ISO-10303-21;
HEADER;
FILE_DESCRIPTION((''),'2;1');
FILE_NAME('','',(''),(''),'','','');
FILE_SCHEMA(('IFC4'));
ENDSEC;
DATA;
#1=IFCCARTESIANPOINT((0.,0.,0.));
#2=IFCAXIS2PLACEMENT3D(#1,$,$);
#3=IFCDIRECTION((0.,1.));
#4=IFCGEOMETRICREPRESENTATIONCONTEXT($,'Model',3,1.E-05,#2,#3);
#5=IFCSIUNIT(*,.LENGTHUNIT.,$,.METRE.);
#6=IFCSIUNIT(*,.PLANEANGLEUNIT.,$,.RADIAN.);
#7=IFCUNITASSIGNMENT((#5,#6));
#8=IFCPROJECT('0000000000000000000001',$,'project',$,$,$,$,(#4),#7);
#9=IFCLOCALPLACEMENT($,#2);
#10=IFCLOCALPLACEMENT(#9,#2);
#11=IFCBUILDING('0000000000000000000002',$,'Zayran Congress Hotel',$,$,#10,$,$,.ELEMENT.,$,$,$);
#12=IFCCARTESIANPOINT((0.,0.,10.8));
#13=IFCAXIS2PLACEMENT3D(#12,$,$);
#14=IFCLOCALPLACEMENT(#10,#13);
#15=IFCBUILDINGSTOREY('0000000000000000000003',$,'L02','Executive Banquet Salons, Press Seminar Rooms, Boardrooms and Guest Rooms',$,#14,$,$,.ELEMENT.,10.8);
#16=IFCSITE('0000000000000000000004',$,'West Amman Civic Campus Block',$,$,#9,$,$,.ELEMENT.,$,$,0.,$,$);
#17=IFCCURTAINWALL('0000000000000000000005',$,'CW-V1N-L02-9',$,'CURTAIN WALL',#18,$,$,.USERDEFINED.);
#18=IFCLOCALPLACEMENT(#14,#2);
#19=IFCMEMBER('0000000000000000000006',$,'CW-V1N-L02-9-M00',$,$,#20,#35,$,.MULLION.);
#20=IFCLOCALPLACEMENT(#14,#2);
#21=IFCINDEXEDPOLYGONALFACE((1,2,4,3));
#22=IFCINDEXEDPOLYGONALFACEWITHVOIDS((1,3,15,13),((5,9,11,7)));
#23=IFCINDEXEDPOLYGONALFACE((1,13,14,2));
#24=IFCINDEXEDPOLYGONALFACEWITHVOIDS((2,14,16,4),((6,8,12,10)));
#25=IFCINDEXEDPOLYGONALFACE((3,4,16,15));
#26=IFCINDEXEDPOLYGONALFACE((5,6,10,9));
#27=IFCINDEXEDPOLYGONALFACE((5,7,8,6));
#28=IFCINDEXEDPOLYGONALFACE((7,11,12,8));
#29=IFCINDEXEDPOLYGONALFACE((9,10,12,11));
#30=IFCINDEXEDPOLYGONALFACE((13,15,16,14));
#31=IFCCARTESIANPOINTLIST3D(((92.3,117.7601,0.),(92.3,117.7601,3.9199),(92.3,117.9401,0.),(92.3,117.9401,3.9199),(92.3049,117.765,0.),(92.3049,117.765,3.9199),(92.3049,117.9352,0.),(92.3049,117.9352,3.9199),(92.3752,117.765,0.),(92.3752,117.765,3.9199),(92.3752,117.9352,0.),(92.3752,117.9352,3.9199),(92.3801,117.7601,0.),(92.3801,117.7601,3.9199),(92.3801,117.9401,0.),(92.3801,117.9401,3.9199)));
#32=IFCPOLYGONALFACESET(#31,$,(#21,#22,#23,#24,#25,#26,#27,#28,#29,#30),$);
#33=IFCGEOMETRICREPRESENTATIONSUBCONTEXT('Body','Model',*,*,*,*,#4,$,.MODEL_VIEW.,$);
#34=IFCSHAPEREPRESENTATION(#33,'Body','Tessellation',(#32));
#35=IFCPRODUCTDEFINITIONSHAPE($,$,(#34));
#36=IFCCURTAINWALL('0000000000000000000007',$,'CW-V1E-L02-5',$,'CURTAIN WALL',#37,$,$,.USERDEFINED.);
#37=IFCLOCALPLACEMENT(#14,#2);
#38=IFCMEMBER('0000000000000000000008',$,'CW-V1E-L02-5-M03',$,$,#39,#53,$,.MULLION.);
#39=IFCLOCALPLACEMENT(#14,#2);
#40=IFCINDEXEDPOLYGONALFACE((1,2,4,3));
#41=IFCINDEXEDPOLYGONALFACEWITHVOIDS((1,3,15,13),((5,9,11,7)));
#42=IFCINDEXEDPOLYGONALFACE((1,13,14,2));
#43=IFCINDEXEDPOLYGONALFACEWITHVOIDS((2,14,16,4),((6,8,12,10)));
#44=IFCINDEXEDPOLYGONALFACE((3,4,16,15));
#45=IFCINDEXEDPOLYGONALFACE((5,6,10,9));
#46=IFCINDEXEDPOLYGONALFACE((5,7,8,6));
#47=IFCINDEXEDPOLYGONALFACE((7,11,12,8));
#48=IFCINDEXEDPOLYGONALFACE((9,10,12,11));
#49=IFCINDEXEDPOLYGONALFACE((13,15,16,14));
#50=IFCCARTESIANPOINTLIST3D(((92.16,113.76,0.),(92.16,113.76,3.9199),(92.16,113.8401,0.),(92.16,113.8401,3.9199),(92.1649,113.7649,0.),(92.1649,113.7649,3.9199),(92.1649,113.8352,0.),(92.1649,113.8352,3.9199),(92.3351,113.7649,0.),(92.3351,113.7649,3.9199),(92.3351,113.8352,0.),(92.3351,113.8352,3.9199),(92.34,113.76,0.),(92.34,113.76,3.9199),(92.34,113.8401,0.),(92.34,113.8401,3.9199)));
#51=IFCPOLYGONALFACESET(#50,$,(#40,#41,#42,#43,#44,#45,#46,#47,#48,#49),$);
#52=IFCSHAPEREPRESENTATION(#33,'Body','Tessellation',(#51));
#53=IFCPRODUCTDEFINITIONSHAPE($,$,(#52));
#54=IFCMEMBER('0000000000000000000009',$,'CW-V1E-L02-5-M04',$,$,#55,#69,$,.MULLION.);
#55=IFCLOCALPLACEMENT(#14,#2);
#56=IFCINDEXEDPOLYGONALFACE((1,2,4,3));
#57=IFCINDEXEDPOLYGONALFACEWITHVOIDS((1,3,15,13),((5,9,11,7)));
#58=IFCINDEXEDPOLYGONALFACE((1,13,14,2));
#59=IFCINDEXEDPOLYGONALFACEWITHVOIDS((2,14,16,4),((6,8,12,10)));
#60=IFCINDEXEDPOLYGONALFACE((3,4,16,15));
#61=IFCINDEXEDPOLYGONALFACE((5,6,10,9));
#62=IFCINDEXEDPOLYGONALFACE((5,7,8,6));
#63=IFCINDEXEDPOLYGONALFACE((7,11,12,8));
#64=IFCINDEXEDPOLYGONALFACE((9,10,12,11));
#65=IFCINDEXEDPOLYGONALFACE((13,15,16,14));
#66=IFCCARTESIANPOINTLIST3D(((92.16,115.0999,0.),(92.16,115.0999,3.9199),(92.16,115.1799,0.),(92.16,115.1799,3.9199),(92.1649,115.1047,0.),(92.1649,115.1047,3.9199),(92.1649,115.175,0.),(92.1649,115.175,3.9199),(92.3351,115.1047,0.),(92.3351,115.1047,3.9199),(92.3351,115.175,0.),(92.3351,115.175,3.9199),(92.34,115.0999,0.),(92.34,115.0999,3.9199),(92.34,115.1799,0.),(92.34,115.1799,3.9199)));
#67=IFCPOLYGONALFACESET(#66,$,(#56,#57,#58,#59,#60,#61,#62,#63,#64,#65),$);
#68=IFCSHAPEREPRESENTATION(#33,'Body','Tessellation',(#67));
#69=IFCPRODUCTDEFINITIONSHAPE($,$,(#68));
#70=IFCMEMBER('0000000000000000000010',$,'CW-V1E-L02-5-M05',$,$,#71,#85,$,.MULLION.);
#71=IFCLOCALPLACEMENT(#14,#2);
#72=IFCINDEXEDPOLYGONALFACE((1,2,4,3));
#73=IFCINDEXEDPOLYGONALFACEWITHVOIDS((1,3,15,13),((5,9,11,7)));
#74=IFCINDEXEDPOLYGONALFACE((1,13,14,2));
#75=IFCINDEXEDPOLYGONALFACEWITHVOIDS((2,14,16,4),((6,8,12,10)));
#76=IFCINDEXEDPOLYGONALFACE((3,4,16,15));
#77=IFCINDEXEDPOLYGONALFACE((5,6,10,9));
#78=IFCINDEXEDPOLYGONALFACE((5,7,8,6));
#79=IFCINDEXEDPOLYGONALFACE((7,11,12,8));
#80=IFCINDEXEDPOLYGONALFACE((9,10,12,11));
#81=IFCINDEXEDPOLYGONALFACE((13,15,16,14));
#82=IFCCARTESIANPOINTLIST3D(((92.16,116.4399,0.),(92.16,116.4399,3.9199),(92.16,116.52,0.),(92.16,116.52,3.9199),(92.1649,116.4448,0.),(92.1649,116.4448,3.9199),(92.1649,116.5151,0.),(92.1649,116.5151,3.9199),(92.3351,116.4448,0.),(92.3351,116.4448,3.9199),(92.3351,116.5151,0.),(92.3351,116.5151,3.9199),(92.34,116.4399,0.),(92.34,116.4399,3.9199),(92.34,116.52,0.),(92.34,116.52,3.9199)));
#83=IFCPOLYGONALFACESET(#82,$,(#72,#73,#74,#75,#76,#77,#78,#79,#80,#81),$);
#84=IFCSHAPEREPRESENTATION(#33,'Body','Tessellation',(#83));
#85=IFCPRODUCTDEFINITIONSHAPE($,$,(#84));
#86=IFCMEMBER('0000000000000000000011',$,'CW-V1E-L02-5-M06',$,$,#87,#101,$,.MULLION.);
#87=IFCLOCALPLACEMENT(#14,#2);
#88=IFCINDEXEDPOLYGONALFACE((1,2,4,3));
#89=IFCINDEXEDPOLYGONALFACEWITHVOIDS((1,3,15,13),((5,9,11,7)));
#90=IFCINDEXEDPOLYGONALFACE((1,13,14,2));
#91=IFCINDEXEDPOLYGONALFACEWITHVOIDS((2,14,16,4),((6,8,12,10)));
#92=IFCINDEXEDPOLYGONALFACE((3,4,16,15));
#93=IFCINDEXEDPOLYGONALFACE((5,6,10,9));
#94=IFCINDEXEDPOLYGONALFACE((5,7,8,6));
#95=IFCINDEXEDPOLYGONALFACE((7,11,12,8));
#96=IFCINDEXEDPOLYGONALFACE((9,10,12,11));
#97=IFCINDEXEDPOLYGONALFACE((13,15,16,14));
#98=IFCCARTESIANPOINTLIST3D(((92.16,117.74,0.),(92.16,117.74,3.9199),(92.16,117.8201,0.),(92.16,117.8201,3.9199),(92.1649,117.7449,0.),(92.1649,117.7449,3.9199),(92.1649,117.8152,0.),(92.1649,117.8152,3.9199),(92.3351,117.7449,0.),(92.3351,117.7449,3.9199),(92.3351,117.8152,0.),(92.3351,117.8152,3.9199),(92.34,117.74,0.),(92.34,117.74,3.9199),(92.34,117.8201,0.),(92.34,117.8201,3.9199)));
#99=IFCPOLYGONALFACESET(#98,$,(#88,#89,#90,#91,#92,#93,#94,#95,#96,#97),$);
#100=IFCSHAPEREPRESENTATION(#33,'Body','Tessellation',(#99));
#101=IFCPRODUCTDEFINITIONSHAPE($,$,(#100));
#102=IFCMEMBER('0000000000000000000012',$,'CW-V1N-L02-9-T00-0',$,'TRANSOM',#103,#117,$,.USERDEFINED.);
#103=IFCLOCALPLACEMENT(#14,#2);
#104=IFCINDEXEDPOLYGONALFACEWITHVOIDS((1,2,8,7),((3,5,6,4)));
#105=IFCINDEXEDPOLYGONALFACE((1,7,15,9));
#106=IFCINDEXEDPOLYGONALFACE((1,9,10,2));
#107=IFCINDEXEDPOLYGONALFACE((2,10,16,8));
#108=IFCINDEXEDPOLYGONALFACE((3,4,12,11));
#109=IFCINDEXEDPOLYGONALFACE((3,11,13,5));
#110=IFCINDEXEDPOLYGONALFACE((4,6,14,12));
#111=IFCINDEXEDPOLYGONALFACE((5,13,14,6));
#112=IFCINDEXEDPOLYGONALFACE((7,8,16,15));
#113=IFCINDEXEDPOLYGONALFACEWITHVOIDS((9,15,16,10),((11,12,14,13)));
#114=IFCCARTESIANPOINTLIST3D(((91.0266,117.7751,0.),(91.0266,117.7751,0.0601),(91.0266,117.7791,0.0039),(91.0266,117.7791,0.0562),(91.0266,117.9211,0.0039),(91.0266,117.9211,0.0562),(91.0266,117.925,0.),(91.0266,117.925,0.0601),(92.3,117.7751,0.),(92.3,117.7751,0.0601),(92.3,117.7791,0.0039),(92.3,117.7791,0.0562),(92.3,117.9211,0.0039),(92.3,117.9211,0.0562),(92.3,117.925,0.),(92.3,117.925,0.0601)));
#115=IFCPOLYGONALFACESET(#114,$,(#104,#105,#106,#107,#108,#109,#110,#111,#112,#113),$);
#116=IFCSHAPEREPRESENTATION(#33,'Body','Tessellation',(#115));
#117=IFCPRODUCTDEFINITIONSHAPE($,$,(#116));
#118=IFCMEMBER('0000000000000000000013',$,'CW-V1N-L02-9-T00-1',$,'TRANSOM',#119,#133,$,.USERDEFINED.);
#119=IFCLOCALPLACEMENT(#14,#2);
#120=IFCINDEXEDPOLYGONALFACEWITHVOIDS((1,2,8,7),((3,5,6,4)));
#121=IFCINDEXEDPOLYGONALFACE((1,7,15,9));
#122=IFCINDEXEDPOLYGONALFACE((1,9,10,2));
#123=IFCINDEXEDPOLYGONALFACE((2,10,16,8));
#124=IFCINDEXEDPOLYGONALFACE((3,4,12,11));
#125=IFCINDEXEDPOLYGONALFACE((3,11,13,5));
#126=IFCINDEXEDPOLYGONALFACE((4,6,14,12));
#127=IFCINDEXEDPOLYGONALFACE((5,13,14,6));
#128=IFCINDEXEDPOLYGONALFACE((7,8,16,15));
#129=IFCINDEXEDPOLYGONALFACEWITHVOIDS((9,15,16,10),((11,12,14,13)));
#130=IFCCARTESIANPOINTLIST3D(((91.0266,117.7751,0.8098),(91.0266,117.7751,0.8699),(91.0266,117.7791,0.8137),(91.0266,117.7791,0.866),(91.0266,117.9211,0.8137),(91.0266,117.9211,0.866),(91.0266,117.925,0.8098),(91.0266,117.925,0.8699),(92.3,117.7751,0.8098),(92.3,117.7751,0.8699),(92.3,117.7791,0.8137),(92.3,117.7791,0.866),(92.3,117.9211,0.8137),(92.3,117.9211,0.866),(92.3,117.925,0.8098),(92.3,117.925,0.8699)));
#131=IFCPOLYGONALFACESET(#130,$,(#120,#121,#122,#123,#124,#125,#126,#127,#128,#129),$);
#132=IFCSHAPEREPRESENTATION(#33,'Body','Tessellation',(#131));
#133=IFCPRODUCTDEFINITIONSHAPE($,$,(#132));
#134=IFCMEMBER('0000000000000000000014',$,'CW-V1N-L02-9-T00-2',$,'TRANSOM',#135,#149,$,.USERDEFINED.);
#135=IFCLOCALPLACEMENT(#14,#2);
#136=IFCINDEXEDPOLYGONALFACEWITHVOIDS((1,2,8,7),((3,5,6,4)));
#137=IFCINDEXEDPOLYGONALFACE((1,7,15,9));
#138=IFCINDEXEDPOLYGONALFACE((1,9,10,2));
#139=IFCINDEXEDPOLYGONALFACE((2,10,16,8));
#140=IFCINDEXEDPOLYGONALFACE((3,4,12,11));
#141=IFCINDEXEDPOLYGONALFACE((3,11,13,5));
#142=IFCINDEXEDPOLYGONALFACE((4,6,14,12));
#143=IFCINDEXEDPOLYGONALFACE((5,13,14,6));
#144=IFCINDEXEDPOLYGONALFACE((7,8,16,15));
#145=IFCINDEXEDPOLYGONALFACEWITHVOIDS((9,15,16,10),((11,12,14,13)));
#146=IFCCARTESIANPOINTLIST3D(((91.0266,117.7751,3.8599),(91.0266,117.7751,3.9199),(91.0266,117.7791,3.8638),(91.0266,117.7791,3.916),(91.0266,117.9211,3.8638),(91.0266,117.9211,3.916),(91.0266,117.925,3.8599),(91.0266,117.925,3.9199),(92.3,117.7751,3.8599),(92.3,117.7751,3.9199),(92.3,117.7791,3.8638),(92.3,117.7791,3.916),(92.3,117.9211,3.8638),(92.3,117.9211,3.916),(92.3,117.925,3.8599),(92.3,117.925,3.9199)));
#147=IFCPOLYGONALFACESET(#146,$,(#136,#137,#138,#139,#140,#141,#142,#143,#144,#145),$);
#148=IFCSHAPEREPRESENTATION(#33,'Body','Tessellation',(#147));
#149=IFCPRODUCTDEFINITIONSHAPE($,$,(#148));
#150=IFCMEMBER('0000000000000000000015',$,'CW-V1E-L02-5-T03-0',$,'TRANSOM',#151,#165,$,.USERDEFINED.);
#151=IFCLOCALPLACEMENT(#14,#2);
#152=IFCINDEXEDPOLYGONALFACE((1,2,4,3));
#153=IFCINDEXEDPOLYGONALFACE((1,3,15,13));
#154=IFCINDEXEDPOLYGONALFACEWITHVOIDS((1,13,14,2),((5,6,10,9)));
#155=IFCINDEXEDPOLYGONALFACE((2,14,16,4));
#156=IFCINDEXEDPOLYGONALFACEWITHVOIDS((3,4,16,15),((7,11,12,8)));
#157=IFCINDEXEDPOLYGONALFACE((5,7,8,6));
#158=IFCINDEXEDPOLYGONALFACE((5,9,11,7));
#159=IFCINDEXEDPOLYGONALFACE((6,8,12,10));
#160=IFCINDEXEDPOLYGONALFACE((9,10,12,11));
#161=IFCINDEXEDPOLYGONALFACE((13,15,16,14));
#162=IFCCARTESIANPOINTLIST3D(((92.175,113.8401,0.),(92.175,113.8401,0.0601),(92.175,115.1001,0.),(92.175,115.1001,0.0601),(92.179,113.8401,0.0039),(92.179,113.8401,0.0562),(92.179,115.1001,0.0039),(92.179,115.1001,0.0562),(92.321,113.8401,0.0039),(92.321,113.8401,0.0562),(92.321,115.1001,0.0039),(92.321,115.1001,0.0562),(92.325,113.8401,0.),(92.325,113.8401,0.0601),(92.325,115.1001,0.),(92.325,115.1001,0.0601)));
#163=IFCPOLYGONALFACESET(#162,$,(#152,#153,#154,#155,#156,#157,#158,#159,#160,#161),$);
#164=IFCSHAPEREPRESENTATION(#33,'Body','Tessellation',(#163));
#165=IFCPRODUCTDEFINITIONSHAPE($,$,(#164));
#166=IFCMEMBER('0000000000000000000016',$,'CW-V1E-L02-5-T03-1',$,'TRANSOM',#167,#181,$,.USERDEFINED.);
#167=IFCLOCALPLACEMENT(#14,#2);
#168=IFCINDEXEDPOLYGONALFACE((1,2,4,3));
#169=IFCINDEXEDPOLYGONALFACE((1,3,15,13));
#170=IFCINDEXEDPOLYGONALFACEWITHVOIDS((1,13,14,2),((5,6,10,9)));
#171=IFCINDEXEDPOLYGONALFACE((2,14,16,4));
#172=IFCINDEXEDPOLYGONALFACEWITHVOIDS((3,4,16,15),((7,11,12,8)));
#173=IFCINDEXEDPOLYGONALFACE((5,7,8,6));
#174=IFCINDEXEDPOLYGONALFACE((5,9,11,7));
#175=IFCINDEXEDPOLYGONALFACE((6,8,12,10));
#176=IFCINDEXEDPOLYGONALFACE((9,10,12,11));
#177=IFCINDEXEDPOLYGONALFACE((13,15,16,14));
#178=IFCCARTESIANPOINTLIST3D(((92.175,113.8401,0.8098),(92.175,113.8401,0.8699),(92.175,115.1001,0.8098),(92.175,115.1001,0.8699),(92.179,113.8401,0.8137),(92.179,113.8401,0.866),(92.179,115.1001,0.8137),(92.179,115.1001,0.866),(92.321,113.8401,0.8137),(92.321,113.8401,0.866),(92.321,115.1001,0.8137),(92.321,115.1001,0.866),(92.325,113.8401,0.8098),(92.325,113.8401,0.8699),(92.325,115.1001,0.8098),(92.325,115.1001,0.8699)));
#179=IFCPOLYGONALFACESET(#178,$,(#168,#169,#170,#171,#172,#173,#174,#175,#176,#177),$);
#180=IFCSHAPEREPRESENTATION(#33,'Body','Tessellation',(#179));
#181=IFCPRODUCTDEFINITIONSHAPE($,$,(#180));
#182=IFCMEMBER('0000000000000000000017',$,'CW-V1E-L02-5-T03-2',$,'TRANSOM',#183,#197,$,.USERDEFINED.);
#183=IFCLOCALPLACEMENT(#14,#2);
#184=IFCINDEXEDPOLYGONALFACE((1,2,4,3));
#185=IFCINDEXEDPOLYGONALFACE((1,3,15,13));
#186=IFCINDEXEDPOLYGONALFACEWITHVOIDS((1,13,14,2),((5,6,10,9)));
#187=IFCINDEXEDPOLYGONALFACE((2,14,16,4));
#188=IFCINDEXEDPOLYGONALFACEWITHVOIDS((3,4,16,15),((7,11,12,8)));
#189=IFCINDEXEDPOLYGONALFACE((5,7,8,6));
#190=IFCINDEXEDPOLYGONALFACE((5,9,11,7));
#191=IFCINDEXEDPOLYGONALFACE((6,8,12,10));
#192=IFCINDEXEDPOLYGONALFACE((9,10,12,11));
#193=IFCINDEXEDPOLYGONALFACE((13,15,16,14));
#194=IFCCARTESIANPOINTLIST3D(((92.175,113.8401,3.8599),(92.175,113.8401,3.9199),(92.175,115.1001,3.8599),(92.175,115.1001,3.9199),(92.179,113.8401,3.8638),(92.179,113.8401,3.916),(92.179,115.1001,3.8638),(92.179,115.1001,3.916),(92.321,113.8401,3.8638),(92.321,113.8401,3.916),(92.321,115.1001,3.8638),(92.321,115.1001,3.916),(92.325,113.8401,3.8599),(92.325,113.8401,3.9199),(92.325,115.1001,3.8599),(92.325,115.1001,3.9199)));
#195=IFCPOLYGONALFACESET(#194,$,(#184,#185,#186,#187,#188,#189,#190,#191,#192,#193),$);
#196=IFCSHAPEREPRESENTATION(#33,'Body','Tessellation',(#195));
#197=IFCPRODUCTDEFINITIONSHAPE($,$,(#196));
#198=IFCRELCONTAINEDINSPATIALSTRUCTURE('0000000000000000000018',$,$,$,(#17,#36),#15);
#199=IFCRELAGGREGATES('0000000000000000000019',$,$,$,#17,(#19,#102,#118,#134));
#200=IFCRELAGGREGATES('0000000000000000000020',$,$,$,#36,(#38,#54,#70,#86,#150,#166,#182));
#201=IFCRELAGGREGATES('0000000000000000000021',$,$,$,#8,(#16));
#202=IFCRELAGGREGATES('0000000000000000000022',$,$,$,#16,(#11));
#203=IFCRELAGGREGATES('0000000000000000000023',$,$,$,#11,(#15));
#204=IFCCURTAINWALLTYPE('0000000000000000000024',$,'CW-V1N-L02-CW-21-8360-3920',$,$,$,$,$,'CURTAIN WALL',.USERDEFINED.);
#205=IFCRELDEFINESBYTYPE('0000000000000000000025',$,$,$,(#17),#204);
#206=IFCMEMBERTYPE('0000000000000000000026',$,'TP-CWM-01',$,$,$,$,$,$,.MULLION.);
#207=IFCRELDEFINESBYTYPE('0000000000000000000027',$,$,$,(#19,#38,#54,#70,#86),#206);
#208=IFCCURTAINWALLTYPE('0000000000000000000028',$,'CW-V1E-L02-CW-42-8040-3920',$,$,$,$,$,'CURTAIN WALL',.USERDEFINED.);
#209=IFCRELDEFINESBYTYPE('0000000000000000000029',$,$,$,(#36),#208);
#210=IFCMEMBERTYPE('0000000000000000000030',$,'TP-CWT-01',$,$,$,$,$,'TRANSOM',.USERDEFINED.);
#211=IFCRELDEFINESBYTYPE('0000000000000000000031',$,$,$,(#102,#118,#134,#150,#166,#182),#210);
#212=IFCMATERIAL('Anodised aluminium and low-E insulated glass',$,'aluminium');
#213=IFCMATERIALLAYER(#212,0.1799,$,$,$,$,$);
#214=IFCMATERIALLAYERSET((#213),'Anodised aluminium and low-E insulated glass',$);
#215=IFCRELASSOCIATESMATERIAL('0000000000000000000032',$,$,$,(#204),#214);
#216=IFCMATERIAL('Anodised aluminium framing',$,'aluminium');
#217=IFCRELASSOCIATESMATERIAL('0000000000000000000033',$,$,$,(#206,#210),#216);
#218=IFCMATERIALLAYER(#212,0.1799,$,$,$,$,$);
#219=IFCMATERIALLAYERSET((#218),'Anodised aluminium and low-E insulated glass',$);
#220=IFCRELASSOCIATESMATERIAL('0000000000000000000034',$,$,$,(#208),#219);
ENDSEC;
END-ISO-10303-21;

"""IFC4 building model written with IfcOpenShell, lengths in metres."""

from ifc_helpers import new_model, si_unit, direction, frame, origin, origin_2d, place, context, subcontext, project, spatial, hollow_rectangle, extrude, material, layer, layer_set, material_profile, profile_set, type_object, element, aggregate, save


model = new_model("IFC4")

# Units and contexts
model_context = context("Model", 3, precision=1e-05, world=origin(), true_north=direction((0.0, 1.0)))
body_context = subcontext(model_context, "Body", "Model", "MODEL_VIEW")
ifc_project = project(units=[si_unit("LENGTHUNIT", "METRE"), si_unit("PLANEANGLEUNIT", "RADIAN")], contexts=[model_context])

# Site, building, storey
site_placement = place(None, origin())
site = spatial("IfcSite", under=ifc_project, at=site_placement, Name="West Amman Civic Campus Block", CompositionType="ELEMENT", RefElevation=0.0)
building_placement = place(site_placement, origin())
building = spatial("IfcBuilding", under=site, at=building_placement, Name="Zayran Congress Hotel", CompositionType="ELEMENT")
storey_placement = place(building_placement, frame((0.0, 0.0, 10.8)))
storey = spatial("IfcBuildingStorey", under=building, at=storey_placement, Name="L02", Description="Executive Banquet Salons, Press Seminar Rooms, Boardrooms and Guest Rooms", CompositionType="ELEMENT", Elevation=10.8)

# Curtain wall, member
ifc_material_1 = material(Name="Anodised aluminium and low-E insulated glass", Category="aluminium")
ifc_layer_1 = layer(ifc_material_1, 0.1799)
ifc_layer_set_1 = layer_set([ifc_layer_1], Name="Anodised aluminium and low-E insulated glass")
curtain_wall_type_1 = type_object("IfcCurtainWallType", Name="CW-V1N-L02-CW-21-8360-3920", ElementType="CURTAIN WALL", PredefinedType="USERDEFINED", material=ifc_layer_set_1)
curtain_wall_1_placement = place(storey_placement, origin())
curtain_wall_1 = element("IfcCurtainWall", 1, at=curtain_wall_1_placement, inside=storey, type_object=curtain_wall_type_1, Name="CW-V1N-L02-9", ObjectType="CURTAIN WALL", PredefinedType="USERDEFINED")
ifc_material_2 = material(Name="Anodised aluminium framing", Category="aluminium")
ifc_material_profile_1 = material_profile(ifc_material_2, hollow_rectangle(XDim=0.0801, YDim=0.1799, WallThickness=0.0049, at=origin_2d()), Name="RHS 180x80x5")
ifc_profile_set_1 = profile_set([ifc_material_profile_1], Name="Anodised aluminium framing")
member_type_1 = type_object("IfcMemberType", Name="TP-CWM-01", PredefinedType="MULLION", material=ifc_profile_set_1)
member_1_placement = place(storey_placement, frame((92.3401, 117.8501, 0.0), z_axis=(0.0, 0.0, 1.0), x_axis=(1.0, 0.0, 0.0)))
member_1 = element("IfcMember", 2, at=member_1_placement, type_object=member_type_1, Name="CW-V1N-L02-9-M00", PredefinedType="MULLION", context=body_context, shape_type="SweptSolid", body=[
    extrude(hollow_rectangle(XDim=0.0801, YDim=0.1799, WallThickness=0.0049, at=origin_2d()), origin(), (0.0, 0.0, 1.0), 3.9199),
])

# Curtain wall, members
ifc_layer_2 = layer(ifc_material_1, 0.1799)
ifc_layer_set_2 = layer_set([ifc_layer_2], Name="Anodised aluminium and low-E insulated glass")
curtain_wall_type_2 = type_object("IfcCurtainWallType", Name="CW-V1E-L02-CW-42-8040-3920", ElementType="CURTAIN WALL", PredefinedType="USERDEFINED", material=ifc_layer_set_2)
curtain_wall_2_placement = place(storey_placement, origin())
curtain_wall_2 = element("IfcCurtainWall", 3, at=curtain_wall_2_placement, inside=storey, type_object=curtain_wall_type_2, Name="CW-V1E-L02-5", ObjectType="CURTAIN WALL", PredefinedType="USERDEFINED")
member_2_placement = place(storey_placement, frame((92.25, 113.8, 0.0), z_axis=(0.0, 0.0, 1.0), x_axis=(0.0, 1.0, 0.0)))
member_2 = element("IfcMember", 4, at=member_2_placement, type_object=member_type_1, Name="CW-V1E-L02-5-M03", PredefinedType="MULLION", context=body_context, shape_type="SweptSolid", body=[
    extrude(hollow_rectangle(XDim=0.0801, YDim=0.1799, WallThickness=0.0049, at=origin_2d()), origin(), (0.0, 0.0, 1.0), 3.9199),
])
member_3_placement = place(storey_placement, frame((92.25, 115.1399, 0.0), z_axis=(0.0, 0.0, 1.0), x_axis=(0.0, 1.0, 0.0)))
member_3 = element("IfcMember", 5, at=member_3_placement, type_object=member_type_1, Name="CW-V1E-L02-5-M04", PredefinedType="MULLION", context=body_context, shape_type="SweptSolid", body=[
    extrude(hollow_rectangle(XDim=0.0801, YDim=0.1799, WallThickness=0.0049, at=origin_2d()), origin(), (0.0, 0.0, 1.0), 3.9199),
])
member_4_placement = place(storey_placement, frame((92.25, 116.48, 0.0), z_axis=(0.0, 0.0, 1.0), x_axis=(0.0, 1.0, 0.0)))
member_4 = element("IfcMember", 6, at=member_4_placement, type_object=member_type_1, Name="CW-V1E-L02-5-M05", PredefinedType="MULLION", context=body_context, shape_type="SweptSolid", body=[
    extrude(hollow_rectangle(XDim=0.0801, YDim=0.1799, WallThickness=0.0049, at=origin_2d()), origin(), (0.0, 0.0, 1.0), 3.9199),
])
member_5_placement = place(storey_placement, frame((92.25, 117.78, 0.0), z_axis=(0.0, 0.0, 1.0), x_axis=(0.0, 1.0, 0.0)))
member_5 = element("IfcMember", 7, at=member_5_placement, type_object=member_type_1, Name="CW-V1E-L02-5-M06", PredefinedType="MULLION", context=body_context, shape_type="SweptSolid", body=[
    extrude(hollow_rectangle(XDim=0.0801, YDim=0.1799, WallThickness=0.0049, at=origin_2d()), origin(), (0.0, 0.0, 1.0), 3.9199),
])

# Members
ifc_material_profile_2 = material_profile(ifc_material_2, hollow_rectangle(XDim=0.0601, YDim=0.1499, WallThickness=0.0039, at=origin_2d()), Name="RHS 150x60x4")
ifc_profile_set_2 = profile_set([ifc_material_profile_2], Name="Anodised aluminium framing")
member_type_2 = type_object("IfcMemberType", Name="TP-CWT-01", ElementType="TRANSOM", PredefinedType="USERDEFINED", material=ifc_profile_set_2)
member_6_placement = place(storey_placement, frame((92.3, 117.8501, 0.03), z_axis=(-1.0, 0.0, 0.0), x_axis=(0.0, 0.0, 1.0)))
member_6 = element("IfcMember", 8, at=member_6_placement, type_object=member_type_2, Name="CW-V1N-L02-9-T00-0", ObjectType="TRANSOM", PredefinedType="USERDEFINED", context=body_context, shape_type="SweptSolid", body=[
    extrude(hollow_rectangle(XDim=0.0601, YDim=0.1499, WallThickness=0.0039, at=origin_2d()), origin(), (0.0, 0.0, 1.0), 1.2734),
])
member_7_placement = place(storey_placement, frame((92.3, 117.8501, 0.8398), z_axis=(-1.0, 0.0, 0.0), x_axis=(0.0, 0.0, 1.0)))
member_7 = element("IfcMember", 9, at=member_7_placement, type_object=member_type_2, Name="CW-V1N-L02-9-T00-1", ObjectType="TRANSOM", PredefinedType="USERDEFINED", context=body_context, shape_type="SweptSolid", body=[
    extrude(hollow_rectangle(XDim=0.0601, YDim=0.1499, WallThickness=0.0039, at=origin_2d()), origin(), (0.0, 0.0, 1.0), 1.2734),
])
member_8_placement = place(storey_placement, frame((92.3, 117.8501, 3.8899), z_axis=(-1.0, 0.0, 0.0), x_axis=(0.0, 0.0, 1.0)))
member_8 = element("IfcMember", 10, at=member_8_placement, type_object=member_type_2, Name="CW-V1N-L02-9-T00-2", ObjectType="TRANSOM", PredefinedType="USERDEFINED", context=body_context, shape_type="SweptSolid", body=[
    extrude(hollow_rectangle(XDim=0.0601, YDim=0.1499, WallThickness=0.0039, at=origin_2d()), origin(), (0.0, 0.0, 1.0), 1.2734),
])
aggregate(curtain_wall_1, [member_1, member_6, member_7, member_8])
member_9_placement = place(storey_placement, frame((92.25, 113.8401, 0.03), z_axis=(0.0, 1.0, 0.0), x_axis=(0.0, 0.0, 1.0)))
member_9 = element("IfcMember", 11, at=member_9_placement, type_object=member_type_2, Name="CW-V1E-L02-5-T03-0", ObjectType="TRANSOM", PredefinedType="USERDEFINED", context=body_context, shape_type="SweptSolid", body=[
    extrude(hollow_rectangle(XDim=0.0601, YDim=0.1499, WallThickness=0.0039, at=origin_2d()), origin(), (0.0, 0.0, 1.0), 1.26),
])
member_10_placement = place(storey_placement, frame((92.25, 113.8401, 0.8398), z_axis=(0.0, 1.0, 0.0), x_axis=(0.0, 0.0, 1.0)))
member_10 = element("IfcMember", 12, at=member_10_placement, type_object=member_type_2, Name="CW-V1E-L02-5-T03-1", ObjectType="TRANSOM", PredefinedType="USERDEFINED", context=body_context, shape_type="SweptSolid", body=[
    extrude(hollow_rectangle(XDim=0.0601, YDim=0.1499, WallThickness=0.0039, at=origin_2d()), origin(), (0.0, 0.0, 1.0), 1.26),
])
member_11_placement = place(storey_placement, frame((92.25, 113.8401, 3.8899), z_axis=(0.0, 1.0, 0.0), x_axis=(0.0, 0.0, 1.0)))
member_11 = element("IfcMember", 13, at=member_11_placement, type_object=member_type_2, Name="CW-V1E-L02-5-T03-2", ObjectType="TRANSOM", PredefinedType="USERDEFINED", context=body_context, shape_type="SweptSolid", body=[
    extrude(hollow_rectangle(XDim=0.0601, YDim=0.1499, WallThickness=0.0039, at=origin_2d()), origin(), (0.0, 0.0, 1.0), 1.26),
])

aggregate(curtain_wall_2, [member_2, member_3, member_4, member_5, member_9, member_10, member_11])

save(model, "model.ifc")
